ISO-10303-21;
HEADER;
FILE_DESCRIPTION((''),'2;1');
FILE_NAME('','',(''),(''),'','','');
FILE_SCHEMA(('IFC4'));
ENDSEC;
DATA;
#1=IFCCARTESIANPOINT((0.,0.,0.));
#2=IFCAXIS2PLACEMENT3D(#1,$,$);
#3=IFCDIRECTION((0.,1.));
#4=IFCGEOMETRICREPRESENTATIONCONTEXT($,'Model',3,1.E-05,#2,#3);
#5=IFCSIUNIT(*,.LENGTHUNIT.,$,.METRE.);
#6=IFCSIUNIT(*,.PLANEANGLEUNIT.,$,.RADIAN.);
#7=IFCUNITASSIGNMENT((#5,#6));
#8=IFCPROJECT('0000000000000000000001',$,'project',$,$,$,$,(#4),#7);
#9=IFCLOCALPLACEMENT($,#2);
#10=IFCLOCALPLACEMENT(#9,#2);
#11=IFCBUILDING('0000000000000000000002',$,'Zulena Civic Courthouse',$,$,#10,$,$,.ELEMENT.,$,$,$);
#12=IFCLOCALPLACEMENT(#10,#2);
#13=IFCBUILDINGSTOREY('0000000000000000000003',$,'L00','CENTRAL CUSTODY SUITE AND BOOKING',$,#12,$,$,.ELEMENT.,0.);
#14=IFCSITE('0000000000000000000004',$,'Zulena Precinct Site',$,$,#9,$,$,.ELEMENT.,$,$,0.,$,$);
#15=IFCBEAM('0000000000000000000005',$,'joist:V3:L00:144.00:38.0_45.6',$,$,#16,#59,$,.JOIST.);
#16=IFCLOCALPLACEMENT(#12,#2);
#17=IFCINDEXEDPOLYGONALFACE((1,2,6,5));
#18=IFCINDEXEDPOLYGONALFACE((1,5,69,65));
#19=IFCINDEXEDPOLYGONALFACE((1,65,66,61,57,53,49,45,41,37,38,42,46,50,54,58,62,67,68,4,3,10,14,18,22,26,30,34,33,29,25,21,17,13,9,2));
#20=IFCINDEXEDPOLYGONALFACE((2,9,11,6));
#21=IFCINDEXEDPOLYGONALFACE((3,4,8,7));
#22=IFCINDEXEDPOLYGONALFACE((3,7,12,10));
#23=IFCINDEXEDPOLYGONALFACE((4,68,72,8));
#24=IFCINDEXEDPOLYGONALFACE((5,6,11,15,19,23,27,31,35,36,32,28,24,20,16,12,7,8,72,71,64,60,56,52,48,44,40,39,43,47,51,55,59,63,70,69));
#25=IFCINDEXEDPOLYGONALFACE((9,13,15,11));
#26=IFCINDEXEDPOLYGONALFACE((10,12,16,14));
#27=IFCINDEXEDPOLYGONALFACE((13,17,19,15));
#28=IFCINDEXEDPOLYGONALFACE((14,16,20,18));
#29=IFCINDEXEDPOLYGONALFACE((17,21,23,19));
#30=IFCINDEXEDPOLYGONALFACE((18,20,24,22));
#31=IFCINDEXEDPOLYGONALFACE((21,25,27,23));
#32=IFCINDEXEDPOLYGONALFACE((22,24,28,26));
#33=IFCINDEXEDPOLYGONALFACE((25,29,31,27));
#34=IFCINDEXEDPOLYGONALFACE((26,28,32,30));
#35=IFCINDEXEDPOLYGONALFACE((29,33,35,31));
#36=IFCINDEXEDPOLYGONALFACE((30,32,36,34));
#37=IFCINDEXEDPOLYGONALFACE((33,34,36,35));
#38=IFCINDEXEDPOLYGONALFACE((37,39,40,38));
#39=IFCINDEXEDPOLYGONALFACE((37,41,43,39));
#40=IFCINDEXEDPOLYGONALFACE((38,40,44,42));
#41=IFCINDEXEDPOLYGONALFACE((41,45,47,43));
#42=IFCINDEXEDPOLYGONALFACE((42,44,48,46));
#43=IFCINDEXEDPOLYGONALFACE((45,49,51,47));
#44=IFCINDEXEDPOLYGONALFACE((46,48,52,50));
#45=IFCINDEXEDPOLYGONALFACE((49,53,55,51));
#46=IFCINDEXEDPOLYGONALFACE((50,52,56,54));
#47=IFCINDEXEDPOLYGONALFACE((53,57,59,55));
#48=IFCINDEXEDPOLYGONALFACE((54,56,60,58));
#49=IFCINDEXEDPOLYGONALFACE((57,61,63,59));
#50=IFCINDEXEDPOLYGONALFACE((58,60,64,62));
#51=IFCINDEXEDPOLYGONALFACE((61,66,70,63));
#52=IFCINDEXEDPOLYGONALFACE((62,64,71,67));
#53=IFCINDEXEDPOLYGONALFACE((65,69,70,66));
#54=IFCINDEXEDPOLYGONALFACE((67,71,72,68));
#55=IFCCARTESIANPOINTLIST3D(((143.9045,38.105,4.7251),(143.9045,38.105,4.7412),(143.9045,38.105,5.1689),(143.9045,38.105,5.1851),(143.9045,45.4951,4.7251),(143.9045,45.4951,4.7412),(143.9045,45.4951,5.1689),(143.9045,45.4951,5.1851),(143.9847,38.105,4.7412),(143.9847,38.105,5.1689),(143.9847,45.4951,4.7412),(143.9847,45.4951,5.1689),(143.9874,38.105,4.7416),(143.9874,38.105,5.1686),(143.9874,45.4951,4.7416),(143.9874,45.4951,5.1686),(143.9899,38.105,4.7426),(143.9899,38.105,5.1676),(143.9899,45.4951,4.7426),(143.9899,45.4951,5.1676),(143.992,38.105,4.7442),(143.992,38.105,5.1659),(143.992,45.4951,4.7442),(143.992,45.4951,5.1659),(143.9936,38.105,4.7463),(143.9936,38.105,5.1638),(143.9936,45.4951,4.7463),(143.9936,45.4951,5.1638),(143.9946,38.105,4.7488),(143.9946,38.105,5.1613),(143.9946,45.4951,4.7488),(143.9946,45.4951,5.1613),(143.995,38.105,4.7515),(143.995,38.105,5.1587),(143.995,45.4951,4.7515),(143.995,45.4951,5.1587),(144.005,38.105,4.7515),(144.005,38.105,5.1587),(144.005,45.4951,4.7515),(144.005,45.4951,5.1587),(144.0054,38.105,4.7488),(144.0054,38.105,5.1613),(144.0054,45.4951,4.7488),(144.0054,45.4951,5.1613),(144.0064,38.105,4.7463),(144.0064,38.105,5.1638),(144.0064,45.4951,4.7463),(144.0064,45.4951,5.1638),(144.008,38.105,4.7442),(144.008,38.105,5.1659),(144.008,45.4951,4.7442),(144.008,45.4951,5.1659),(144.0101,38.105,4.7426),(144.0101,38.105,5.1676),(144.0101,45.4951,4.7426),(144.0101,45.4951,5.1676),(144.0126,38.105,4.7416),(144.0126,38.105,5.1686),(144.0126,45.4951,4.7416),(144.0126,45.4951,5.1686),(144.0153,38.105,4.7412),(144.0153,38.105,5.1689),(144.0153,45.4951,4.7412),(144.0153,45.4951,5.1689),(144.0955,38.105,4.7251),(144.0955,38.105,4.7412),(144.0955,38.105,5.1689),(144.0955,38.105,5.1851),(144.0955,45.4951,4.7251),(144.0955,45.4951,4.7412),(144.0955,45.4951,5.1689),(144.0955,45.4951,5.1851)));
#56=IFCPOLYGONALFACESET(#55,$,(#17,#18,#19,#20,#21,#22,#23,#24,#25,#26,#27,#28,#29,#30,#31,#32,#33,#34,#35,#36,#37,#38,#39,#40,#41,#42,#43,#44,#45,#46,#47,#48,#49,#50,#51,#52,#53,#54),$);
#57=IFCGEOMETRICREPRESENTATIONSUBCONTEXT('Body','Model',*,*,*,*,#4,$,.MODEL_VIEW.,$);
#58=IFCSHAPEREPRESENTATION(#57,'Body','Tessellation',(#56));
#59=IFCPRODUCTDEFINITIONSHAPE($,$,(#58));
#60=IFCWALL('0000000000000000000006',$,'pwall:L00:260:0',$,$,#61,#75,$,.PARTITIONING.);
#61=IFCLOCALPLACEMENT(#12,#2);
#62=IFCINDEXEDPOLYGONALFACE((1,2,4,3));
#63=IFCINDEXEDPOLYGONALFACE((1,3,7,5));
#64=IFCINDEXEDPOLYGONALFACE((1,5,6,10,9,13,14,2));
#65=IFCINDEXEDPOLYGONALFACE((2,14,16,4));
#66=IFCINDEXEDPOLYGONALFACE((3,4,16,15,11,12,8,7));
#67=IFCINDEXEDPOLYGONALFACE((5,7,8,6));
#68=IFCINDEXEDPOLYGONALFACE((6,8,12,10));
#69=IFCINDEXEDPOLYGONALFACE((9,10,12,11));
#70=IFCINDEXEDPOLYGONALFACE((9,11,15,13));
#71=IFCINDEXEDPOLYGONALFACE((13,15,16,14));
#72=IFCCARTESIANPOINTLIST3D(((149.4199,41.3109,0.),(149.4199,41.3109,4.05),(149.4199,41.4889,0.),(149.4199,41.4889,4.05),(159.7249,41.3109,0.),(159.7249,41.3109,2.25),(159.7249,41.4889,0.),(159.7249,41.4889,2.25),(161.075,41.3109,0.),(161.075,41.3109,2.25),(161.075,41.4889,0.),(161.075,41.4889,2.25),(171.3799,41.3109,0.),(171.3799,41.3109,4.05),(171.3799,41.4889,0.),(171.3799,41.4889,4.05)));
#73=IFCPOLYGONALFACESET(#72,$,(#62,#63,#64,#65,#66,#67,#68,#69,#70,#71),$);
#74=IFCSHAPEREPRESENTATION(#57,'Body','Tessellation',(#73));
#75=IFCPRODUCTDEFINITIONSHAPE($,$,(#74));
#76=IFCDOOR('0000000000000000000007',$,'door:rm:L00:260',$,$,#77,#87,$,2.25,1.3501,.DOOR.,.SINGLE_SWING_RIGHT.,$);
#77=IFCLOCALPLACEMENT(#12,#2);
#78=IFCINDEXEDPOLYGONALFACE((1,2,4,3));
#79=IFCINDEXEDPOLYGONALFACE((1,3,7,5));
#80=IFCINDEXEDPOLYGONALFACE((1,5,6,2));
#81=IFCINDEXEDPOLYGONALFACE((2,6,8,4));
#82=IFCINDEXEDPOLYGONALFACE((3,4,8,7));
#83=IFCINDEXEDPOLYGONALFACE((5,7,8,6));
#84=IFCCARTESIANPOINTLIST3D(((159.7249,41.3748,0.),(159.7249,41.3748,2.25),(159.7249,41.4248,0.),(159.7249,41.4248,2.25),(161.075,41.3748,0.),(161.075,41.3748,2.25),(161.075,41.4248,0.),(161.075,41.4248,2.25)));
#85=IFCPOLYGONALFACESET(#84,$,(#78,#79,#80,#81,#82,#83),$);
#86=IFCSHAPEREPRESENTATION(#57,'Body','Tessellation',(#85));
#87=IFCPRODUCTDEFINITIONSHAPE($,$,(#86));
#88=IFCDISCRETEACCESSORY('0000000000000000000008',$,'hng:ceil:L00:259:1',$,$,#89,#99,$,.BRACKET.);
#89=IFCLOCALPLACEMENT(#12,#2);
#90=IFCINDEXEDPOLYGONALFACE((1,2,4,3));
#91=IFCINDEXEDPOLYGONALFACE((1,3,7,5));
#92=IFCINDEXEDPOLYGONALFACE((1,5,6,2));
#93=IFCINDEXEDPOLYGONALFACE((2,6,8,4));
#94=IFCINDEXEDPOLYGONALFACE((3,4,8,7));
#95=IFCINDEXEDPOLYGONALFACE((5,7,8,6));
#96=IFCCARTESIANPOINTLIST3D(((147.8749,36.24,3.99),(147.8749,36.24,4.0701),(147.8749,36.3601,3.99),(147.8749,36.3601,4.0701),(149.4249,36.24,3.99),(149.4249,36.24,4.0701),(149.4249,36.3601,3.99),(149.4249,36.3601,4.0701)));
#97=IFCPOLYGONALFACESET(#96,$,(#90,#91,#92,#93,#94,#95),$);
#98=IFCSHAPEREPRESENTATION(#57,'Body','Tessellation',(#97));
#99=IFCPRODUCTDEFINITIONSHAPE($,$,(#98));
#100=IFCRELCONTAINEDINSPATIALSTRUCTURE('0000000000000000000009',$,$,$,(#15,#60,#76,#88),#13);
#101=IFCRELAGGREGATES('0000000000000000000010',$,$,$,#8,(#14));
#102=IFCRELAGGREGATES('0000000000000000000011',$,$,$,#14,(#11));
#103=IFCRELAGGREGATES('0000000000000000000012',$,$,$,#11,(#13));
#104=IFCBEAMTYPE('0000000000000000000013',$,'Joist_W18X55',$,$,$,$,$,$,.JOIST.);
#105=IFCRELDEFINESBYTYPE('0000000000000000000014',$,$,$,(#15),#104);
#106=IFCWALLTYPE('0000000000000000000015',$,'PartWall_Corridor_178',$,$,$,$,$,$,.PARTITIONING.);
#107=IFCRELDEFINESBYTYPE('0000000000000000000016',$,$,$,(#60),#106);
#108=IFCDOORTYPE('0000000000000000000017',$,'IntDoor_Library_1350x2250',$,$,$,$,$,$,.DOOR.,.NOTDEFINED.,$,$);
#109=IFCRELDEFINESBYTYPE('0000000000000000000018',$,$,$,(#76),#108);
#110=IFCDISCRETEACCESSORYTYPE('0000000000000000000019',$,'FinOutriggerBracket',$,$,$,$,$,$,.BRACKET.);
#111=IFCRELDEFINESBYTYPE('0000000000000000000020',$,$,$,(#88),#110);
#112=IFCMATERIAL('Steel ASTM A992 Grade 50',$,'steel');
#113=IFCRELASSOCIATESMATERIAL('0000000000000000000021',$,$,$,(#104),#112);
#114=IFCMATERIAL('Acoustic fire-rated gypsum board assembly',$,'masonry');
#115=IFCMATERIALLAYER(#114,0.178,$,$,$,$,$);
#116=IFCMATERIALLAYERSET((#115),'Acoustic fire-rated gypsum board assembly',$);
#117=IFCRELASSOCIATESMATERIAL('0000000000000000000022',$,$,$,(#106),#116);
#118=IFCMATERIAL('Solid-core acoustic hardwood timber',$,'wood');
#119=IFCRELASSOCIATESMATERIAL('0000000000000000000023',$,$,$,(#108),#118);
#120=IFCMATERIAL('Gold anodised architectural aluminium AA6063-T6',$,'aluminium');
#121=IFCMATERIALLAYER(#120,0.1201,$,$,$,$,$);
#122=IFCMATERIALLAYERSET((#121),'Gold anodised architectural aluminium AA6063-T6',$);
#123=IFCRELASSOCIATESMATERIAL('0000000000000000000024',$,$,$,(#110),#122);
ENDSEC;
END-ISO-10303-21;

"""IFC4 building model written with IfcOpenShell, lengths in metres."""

from ifc_helpers import new_model, si_unit, direction, frame, frame_2d, origin, origin_2d, place, context, subcontext, project, spatial, rectangle, i_section, extrude, material, layer, layer_set, material_profile, profile_set, type_object, element, fill, save


model = new_model("IFC4")

# Units and contexts
model_context = context("Model", 3, precision=1e-05, world=origin(), true_north=direction((0.0, 1.0)))
body_context = subcontext(model_context, "Body", "Model", "MODEL_VIEW")
ifc_project = project(units=[si_unit("LENGTHUNIT", "METRE"), si_unit("PLANEANGLEUNIT", "RADIAN")], contexts=[model_context])

# Site, building, storey
site_placement = place(None, origin())
site = spatial("IfcSite", under=ifc_project, at=site_placement, Name="Zulena Precinct Site", CompositionType="ELEMENT", RefElevation=0.0)
building_placement = place(site_placement, origin())
building = spatial("IfcBuilding", under=site, at=building_placement, Name="Zulena Civic Courthouse", CompositionType="ELEMENT")
storey_placement = place(building_placement, origin())
storey = spatial("IfcBuildingStorey", under=building, at=storey_placement, Name="L00", Description="CENTRAL CUSTODY SUITE AND BOOKING", CompositionType="ELEMENT", Elevation=0.0)

# Shared definitions
ifc_material_1 = material(Name="Steel ASTM A992 Grade 50", Category="steel")

# Beam
ifc_material_profile_1 = material_profile(ifc_material_1, i_section(OverallWidth=0.1909, OverallDepth=0.46, WebThickness=0.01, FlangeThickness=0.0161, FilletRadius=0.0103, at=origin_2d()), Name="W18X55")
ifc_profile_set_1 = profile_set([ifc_material_profile_1], Name="Steel ASTM A992 Grade 50")
beam_type_1 = type_object("IfcBeamType", Name="Joist_W18X55", PredefinedType="JOIST", material=ifc_profile_set_1)
beam_1_placement = place(storey_placement, frame((144.0, 38.105, 4.9551), z_axis=(0.0, 1.0, 0.0), x_axis=(-1.0, 0.0, 0.0)))
element("IfcBeam", 1, at=beam_1_placement, inside=storey, type_object=beam_type_1, Name="joist:V3:L00:144.00:38.0_45.6", PredefinedType="JOIST", context=body_context, shape_type="SweptSolid", body=[
    extrude(i_section(OverallWidth=0.1909, OverallDepth=0.46, WebThickness=0.01, FlangeThickness=0.0161, FilletRadius=0.0103, at=origin_2d()), origin(), (0.0, 0.0, 1.0), 7.3901),
])

# Wall, opening, door
ifc_material_2 = material(Name="Acoustic fire-rated gypsum board assembly", Category="masonry")
ifc_layer_1 = layer(ifc_material_2, 0.178)
ifc_layer_set_1 = layer_set([ifc_layer_1], Name="Acoustic fire-rated gypsum board assembly")
wall_type = type_object("IfcWallType", Name="PartWall_Corridor_178", PredefinedType="PARTITIONING", material=ifc_layer_set_1)
wall_placement = place(storey_placement, frame((149.4199, 41.3999, 0.0), z_axis=(0.0, 0.0, 1.0), x_axis=(1.0, 0.0, 0.0)))
wall = element("IfcWall", 2, at=wall_placement, inside=storey, type_object=wall_type, Name="pwall:L00:260:0", PredefinedType="PARTITIONING", context=body_context, shape_type="SweptSolid", body=[
    extrude(rectangle(XDim=21.96, YDim=0.178, at=frame_2d((10.98, 0.0))), origin(), (0.0, 0.0, 1.0), 4.05),
])
opening_placement = place(wall_placement, frame((10.3049, 0.0, 0.0)))
opening = element("IfcOpeningElement", 3, at=opening_placement, cuts=wall, PredefinedType="OPENING", context=body_context, shape_type="SweptSolid", body=[
    extrude(rectangle(XDim=1.3501, YDim=2.25, at=frame_2d((0.675, 1.125))), frame((0.0, 0.0989, 0.0), z_axis=(0.0, -1.0, 0.0), x_axis=(1.0, 0.0, 0.0)), (0.0, 0.0, 1.0), 0.198),
])
ifc_material_3 = material(Name="Solid-core acoustic hardwood timber", Category="wood")
door_type = type_object("IfcDoorType", Name="IntDoor_Library_1350x2250", OperationType="NOTDEFINED", PredefinedType="DOOR", material=ifc_material_3)
door_placement = place(opening_placement, origin())
door = element("IfcDoor", 4, at=door_placement, inside=storey, type_object=door_type, Name="door:rm:L00:260", OperationType="SINGLE_SWING_RIGHT", OverallHeight=2.25, OverallWidth=1.3501, PredefinedType="DOOR", context=body_context, shape_type="SweptSolid", body=[
    extrude(rectangle(XDim=1.3501, YDim=2.25, at=frame_2d((0.675, 1.125))), frame((0.0, 0.0249, 0.0), z_axis=(0.0, -1.0, 0.0), x_axis=(1.0, 0.0, 0.0)), (0.0, 0.0, 1.0), 0.05),
])
fill(opening, door)

# Discrete accessory
ifc_material_4 = material(Name="Gold anodised architectural aluminium AA6063-T6", Category="aluminium")
ifc_layer_2 = layer(ifc_material_4, 0.1201)
ifc_layer_set_2 = layer_set([ifc_layer_2], Name="Gold anodised architectural aluminium AA6063-T6")
discrete_accessory_type = type_object("IfcDiscreteAccessoryType", Name="FinOutriggerBracket", PredefinedType="BRACKET", material=ifc_layer_set_2)
discrete_accessory_placement = place(storey_placement, frame((148.6499, 36.3, 3.99), z_axis=(0.0, 0.0, 1.0), x_axis=(1.0, 0.0, 0.0)))
element("IfcDiscreteAccessory", 5, at=discrete_accessory_placement, inside=storey, type_object=discrete_accessory_type, Name="hng:ceil:L00:259:1", PredefinedType="BRACKET", context=body_context, shape_type="SweptSolid", body=[
    extrude(rectangle(XDim=1.55, YDim=0.1201, at=origin_2d()), origin(), (0.0, 0.0, 1.0), 0.0801),
])

save(model, "model.ifc")
